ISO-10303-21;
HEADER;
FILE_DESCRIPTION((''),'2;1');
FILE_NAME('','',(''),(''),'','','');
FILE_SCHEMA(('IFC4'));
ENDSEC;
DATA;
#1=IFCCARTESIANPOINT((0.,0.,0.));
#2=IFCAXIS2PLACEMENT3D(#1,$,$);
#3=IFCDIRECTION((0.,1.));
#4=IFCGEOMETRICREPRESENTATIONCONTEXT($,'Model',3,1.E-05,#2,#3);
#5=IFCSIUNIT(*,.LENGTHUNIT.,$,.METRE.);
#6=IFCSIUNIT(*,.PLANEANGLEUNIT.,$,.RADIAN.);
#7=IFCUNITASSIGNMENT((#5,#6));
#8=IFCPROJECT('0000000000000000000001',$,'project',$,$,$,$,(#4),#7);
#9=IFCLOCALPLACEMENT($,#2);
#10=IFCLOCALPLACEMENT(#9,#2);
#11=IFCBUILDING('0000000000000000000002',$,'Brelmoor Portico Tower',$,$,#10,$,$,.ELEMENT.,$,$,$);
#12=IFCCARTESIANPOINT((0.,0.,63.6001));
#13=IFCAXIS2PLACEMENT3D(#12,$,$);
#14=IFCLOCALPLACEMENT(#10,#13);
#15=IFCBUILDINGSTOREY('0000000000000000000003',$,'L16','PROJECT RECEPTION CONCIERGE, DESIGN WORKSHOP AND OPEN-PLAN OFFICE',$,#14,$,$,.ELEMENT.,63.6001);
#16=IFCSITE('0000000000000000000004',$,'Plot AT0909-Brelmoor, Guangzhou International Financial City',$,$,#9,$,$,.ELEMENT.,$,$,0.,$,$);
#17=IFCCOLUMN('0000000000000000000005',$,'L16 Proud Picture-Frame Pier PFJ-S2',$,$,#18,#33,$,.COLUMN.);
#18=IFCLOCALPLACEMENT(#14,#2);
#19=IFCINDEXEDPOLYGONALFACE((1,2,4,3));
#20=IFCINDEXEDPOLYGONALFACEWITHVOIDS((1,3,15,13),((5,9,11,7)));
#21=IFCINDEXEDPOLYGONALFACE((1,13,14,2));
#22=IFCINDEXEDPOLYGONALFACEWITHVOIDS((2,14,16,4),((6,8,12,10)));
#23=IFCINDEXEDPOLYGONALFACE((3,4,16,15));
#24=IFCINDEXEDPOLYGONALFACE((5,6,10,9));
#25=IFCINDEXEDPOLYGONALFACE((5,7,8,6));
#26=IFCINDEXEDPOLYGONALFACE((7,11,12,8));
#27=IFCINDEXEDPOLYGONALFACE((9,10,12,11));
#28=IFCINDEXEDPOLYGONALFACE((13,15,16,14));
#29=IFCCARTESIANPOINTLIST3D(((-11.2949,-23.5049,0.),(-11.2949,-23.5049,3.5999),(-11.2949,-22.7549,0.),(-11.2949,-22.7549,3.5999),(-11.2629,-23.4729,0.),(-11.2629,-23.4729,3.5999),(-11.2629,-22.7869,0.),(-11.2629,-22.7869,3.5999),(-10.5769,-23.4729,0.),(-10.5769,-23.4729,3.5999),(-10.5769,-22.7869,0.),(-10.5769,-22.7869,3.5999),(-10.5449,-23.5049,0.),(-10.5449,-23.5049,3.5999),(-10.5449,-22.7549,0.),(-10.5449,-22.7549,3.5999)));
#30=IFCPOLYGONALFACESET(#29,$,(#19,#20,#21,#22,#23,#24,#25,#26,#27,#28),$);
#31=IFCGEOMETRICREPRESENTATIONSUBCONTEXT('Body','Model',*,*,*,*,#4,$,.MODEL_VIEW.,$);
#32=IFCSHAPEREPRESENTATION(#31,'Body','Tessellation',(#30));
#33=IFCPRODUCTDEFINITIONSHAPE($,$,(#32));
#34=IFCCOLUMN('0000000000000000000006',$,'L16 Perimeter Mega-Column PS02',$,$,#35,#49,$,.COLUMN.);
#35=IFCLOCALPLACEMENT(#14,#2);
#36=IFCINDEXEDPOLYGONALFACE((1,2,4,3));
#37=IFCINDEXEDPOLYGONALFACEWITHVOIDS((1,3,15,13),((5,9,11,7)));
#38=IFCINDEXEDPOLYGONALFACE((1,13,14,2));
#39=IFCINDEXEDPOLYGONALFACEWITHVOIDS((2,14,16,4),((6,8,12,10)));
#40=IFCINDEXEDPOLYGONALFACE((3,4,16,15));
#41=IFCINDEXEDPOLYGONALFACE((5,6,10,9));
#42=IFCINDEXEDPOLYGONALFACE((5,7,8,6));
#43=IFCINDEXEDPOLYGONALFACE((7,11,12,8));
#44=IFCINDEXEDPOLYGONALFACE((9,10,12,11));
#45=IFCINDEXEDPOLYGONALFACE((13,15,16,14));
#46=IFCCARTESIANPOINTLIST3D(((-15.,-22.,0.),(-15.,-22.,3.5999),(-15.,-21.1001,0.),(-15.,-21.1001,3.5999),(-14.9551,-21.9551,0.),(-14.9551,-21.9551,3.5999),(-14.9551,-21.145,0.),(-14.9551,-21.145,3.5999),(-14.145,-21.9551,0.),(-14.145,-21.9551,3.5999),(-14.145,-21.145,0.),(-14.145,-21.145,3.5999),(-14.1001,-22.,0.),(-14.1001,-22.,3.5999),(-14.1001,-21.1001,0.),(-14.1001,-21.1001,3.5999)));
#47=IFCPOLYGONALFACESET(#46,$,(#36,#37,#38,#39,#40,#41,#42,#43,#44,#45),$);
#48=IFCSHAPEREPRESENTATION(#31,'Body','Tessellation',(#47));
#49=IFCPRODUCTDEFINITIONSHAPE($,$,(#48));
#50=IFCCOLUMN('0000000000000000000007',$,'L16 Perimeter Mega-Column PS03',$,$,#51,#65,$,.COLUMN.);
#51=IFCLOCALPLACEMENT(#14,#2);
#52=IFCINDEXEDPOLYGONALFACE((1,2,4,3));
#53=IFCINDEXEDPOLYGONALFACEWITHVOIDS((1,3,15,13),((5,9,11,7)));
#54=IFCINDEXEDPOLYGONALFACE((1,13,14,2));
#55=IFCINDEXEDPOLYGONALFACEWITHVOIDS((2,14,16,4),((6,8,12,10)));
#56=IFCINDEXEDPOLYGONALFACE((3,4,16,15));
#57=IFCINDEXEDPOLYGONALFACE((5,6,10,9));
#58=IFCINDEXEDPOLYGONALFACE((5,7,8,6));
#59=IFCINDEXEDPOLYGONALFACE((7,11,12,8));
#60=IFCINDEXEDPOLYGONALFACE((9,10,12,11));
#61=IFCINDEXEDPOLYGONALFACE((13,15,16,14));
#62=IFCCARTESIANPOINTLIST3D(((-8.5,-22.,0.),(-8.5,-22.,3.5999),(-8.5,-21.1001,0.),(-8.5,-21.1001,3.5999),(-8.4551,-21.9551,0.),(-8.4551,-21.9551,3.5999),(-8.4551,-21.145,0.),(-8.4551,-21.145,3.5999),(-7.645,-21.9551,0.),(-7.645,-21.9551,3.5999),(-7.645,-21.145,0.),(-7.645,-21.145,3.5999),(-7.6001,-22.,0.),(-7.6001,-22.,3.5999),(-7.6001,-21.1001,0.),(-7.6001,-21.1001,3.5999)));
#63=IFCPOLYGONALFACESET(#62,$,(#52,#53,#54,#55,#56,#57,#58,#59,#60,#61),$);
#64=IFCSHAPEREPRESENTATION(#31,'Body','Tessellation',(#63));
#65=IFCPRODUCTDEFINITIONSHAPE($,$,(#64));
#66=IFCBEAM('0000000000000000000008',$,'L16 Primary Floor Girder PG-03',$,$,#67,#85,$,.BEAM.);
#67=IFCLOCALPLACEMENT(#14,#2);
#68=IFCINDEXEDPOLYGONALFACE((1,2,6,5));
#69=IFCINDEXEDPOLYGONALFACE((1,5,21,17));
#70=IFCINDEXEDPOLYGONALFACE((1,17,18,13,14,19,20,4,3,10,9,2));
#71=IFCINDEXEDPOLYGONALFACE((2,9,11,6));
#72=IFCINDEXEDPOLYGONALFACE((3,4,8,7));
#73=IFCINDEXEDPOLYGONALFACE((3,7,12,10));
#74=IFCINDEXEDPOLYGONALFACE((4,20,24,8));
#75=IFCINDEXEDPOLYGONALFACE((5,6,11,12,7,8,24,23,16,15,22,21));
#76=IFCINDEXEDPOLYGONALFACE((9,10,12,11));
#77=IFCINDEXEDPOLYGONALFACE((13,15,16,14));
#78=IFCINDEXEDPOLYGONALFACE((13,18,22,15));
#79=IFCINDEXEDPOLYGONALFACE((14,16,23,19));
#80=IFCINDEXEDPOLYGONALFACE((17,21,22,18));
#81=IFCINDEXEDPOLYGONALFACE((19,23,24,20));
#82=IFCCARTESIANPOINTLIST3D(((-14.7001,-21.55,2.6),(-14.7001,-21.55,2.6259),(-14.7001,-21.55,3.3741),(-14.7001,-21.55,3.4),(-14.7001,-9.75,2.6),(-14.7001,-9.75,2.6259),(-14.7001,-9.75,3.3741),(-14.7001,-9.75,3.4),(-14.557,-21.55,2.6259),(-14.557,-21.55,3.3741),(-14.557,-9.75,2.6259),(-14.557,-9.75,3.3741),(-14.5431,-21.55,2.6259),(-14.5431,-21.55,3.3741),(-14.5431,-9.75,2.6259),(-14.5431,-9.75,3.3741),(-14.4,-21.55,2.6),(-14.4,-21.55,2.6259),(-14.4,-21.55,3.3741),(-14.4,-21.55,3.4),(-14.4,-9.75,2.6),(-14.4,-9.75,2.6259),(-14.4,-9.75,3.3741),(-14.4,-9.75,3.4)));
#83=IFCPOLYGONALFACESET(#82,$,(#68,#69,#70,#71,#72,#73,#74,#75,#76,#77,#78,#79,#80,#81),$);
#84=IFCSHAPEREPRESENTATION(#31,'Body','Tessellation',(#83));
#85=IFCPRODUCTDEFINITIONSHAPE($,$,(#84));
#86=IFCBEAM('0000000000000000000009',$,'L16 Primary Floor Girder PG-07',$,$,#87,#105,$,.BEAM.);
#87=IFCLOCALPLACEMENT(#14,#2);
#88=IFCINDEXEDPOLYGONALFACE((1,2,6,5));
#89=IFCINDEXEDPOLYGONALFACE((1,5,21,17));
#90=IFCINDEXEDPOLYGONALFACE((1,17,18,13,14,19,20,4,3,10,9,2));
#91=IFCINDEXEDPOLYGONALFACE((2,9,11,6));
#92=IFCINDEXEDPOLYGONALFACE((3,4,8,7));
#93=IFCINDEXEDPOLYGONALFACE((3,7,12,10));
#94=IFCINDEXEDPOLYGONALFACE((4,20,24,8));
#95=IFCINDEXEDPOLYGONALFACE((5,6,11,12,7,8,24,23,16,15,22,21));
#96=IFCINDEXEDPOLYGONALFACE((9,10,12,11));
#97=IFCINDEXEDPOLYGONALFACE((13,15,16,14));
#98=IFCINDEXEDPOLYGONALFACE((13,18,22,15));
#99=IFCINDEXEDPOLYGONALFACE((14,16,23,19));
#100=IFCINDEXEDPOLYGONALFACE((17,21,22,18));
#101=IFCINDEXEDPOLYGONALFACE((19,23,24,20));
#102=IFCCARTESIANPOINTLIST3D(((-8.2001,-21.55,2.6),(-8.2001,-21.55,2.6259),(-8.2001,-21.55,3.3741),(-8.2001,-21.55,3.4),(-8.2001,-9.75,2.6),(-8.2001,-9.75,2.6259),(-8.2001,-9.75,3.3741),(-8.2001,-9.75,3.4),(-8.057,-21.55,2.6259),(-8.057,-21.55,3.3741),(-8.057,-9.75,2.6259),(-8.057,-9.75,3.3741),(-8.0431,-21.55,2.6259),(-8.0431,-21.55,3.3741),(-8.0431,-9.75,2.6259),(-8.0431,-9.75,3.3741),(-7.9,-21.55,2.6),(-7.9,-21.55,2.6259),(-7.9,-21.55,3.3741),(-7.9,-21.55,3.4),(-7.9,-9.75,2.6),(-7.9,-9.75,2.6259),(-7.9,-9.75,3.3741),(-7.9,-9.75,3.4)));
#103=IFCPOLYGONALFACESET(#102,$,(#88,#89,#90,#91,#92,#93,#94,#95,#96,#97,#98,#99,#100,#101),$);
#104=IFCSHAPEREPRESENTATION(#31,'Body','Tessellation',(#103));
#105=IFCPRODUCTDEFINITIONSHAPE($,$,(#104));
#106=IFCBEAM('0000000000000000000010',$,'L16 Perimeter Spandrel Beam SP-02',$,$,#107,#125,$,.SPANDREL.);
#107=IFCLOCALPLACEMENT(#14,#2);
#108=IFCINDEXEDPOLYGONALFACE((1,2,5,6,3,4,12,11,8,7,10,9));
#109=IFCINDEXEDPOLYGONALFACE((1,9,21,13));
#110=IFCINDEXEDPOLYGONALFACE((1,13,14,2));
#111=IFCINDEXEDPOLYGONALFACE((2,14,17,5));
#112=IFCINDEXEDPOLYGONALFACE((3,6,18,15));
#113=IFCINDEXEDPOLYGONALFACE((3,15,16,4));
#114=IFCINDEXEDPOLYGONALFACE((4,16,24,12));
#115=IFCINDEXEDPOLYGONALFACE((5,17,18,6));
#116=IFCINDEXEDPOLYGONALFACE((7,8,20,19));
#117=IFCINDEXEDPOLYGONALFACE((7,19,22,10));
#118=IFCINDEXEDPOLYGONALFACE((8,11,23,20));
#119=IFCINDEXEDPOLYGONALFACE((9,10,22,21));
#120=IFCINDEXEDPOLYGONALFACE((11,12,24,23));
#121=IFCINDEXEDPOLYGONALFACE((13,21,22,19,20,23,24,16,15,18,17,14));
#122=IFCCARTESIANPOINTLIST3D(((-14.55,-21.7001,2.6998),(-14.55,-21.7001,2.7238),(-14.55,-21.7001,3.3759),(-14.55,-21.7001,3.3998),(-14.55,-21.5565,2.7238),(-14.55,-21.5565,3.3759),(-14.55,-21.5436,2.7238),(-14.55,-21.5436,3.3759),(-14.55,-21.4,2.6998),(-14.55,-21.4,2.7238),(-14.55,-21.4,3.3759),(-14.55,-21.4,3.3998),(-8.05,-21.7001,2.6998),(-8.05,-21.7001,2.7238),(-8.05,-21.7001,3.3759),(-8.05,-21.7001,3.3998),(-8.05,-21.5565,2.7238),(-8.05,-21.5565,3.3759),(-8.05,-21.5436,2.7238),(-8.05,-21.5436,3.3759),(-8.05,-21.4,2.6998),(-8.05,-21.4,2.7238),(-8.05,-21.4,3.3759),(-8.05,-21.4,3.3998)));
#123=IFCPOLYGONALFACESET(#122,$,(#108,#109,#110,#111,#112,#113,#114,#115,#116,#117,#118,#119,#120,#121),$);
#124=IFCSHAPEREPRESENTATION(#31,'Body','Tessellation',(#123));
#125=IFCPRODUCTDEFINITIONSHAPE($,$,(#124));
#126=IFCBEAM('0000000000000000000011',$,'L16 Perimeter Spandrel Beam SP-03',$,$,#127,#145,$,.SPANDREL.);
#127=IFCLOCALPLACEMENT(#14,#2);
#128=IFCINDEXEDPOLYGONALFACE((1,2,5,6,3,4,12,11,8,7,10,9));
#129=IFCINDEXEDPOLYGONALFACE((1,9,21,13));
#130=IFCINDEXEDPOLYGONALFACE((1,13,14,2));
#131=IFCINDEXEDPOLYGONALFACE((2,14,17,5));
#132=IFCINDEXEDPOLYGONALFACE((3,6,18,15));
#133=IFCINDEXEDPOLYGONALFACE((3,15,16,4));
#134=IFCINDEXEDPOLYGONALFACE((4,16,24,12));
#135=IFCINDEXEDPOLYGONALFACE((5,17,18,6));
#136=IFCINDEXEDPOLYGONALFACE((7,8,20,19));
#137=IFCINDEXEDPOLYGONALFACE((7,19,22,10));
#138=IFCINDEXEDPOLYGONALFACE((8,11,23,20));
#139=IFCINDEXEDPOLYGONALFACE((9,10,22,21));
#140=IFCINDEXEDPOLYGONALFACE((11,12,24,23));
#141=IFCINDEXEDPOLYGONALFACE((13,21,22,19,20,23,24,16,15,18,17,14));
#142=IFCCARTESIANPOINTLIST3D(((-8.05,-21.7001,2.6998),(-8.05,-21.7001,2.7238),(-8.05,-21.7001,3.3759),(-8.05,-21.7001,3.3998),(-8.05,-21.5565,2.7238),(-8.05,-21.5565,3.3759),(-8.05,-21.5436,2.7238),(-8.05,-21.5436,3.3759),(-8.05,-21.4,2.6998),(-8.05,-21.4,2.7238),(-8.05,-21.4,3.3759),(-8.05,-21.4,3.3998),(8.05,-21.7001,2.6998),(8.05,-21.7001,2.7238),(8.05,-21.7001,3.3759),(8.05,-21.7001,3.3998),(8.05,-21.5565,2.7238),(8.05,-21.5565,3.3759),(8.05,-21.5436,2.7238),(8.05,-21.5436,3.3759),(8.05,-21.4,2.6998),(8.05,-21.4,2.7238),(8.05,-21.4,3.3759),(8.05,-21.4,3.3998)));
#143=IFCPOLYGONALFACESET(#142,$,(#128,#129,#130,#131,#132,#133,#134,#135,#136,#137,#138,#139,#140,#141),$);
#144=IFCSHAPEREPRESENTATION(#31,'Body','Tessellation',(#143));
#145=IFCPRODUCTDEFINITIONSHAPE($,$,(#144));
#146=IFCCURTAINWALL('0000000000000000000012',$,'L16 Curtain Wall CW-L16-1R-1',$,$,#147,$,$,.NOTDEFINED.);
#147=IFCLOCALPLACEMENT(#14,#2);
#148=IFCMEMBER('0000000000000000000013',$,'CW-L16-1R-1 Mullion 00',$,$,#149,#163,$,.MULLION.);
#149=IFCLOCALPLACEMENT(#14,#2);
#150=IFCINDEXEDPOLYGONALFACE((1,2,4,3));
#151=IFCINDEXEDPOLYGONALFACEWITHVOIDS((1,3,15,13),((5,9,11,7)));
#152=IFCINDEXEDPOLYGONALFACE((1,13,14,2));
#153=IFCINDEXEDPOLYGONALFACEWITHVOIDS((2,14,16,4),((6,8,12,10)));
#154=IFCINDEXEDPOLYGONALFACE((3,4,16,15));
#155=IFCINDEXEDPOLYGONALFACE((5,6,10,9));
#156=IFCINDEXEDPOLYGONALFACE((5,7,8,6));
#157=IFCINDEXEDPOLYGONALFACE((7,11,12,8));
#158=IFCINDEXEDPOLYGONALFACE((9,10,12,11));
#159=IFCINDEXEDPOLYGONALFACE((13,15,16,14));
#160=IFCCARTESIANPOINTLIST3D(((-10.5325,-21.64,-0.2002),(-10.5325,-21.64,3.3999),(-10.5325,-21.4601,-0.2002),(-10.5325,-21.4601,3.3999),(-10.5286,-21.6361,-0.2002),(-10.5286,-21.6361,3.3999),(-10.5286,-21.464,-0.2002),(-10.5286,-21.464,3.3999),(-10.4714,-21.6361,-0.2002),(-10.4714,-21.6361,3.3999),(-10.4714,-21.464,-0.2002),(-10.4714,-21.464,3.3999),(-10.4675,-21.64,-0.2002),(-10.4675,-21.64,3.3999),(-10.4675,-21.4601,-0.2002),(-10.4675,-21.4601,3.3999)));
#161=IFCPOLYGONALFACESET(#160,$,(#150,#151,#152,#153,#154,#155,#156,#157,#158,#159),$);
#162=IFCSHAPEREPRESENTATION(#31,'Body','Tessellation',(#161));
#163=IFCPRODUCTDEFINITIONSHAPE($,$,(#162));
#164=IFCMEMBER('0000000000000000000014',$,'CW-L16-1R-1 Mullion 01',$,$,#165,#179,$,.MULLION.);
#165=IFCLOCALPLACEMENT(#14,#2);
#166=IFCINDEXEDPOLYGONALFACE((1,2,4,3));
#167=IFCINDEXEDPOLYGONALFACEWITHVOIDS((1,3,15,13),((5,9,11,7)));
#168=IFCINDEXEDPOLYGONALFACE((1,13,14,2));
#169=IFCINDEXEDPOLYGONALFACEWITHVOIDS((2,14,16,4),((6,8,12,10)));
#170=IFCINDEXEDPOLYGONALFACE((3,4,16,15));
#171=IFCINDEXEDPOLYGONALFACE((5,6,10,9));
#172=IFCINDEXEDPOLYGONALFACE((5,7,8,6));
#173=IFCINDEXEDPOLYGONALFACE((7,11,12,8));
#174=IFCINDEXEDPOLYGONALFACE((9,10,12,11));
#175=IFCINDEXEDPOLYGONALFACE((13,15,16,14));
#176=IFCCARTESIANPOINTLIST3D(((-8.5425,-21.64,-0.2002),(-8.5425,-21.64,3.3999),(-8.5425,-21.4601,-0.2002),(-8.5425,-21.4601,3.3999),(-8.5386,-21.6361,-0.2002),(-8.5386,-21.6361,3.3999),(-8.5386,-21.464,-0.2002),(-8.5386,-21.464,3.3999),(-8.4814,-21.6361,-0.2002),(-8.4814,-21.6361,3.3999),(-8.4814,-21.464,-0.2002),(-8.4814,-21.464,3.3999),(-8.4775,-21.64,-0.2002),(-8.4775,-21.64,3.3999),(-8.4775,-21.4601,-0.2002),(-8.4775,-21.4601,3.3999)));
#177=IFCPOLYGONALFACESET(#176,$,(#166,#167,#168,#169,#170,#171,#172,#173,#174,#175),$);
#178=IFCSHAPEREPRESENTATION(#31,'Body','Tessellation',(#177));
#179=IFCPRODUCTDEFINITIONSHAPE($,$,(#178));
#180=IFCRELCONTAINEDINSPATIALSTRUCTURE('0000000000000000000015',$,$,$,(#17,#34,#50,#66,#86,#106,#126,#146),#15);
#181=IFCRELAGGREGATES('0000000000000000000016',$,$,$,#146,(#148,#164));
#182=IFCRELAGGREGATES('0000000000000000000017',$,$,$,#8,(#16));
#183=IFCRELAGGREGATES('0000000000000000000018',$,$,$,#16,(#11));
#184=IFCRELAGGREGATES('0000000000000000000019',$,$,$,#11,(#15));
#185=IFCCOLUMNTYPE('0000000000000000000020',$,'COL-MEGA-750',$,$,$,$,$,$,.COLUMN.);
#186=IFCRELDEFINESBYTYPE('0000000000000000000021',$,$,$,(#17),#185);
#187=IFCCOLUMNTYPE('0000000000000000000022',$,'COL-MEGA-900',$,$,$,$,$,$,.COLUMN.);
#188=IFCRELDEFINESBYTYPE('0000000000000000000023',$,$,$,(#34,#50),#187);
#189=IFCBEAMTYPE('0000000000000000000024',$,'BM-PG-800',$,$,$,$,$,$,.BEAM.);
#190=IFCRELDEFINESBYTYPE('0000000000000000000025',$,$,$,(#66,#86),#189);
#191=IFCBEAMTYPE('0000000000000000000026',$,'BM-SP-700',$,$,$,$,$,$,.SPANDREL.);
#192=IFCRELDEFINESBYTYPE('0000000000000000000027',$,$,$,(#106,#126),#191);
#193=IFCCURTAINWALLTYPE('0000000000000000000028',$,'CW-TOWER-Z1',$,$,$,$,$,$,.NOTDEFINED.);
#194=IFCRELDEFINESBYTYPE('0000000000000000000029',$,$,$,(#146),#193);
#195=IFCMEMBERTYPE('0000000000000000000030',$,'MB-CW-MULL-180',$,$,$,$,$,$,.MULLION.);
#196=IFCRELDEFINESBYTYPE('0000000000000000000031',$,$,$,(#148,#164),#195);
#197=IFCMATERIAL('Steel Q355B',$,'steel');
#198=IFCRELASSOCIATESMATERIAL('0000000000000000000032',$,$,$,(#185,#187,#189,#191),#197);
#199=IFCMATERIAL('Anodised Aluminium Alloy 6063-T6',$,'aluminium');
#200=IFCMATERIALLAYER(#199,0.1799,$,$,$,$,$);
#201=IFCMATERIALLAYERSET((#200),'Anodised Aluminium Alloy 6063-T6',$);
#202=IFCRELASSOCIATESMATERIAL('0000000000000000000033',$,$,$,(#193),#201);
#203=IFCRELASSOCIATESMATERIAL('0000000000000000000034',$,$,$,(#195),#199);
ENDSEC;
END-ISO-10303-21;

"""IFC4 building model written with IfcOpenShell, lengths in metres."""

from ifc_helpers import new_model, si_unit, direction, frame, origin, origin_2d, place, context, subcontext, project, spatial, hollow_rectangle, i_section, extrude, material, layer, layer_set, material_profile, profile_set, type_object, element, aggregate, save


model = new_model("IFC4")

# Units and contexts
model_context = context("Model", 3, precision=1e-05, world=origin(), true_north=direction((0.0, 1.0)))
body_context = subcontext(model_context, "Body", "Model", "MODEL_VIEW")
ifc_project = project(units=[si_unit("LENGTHUNIT", "METRE"), si_unit("PLANEANGLEUNIT", "RADIAN")], contexts=[model_context])

# Site, building, storey
site_placement = place(None, origin())
site = spatial("IfcSite", under=ifc_project, at=site_placement, Name="Plot AT0909-Brelmoor, Guangzhou International Financial City", CompositionType="ELEMENT", RefElevation=0.0)
building_placement = place(site_placement, origin())
building = spatial("IfcBuilding", under=site, at=building_placement, Name="Brelmoor Portico Tower", CompositionType="ELEMENT")
storey_placement = place(building_placement, frame((0.0, 0.0, 63.6001)))
storey = spatial("IfcBuildingStorey", under=building, at=storey_placement, Name="L16", Description="PROJECT RECEPTION CONCIERGE, DESIGN WORKSHOP AND OPEN-PLAN OFFICE", CompositionType="ELEMENT", Elevation=63.6001)

# Columns
ifc_material_1 = material(Name="Steel Q355B", Category="steel")
ifc_material_profile_1 = material_profile(ifc_material_1, hollow_rectangle(XDim=0.75, YDim=0.75, WallThickness=0.032, at=origin_2d()), Name="BOX 750x750x32")
ifc_profile_set_1 = profile_set([ifc_material_profile_1], Name="Steel Q355B")
column_type_1 = type_object("IfcColumnType", Name="COL-MEGA-750", PredefinedType="COLUMN", material=ifc_profile_set_1)
column_placement = place(storey_placement, frame((-10.9199, -23.1299, 0.0), z_axis=(0.0, 0.0, 1.0), x_axis=(1.0, 0.0, 0.0)))
element("IfcColumn", 1, at=column_placement, inside=storey, type_object=column_type_1, Name="L16 Proud Picture-Frame Pier PFJ-S2", PredefinedType="COLUMN", context=body_context, shape_type="SweptSolid", body=[
    extrude(hollow_rectangle(XDim=0.75, YDim=0.75, WallThickness=0.032, at=origin_2d()), origin(), (0.0, 0.0, 1.0), 3.5999),
])
ifc_material_profile_2 = material_profile(ifc_material_1, hollow_rectangle(XDim=0.8999, YDim=0.8999, WallThickness=0.0449, at=origin_2d()), Name="BOX 900x900x45")
ifc_profile_set_2 = profile_set([ifc_material_profile_2], Name="Steel Q355B")
column_type_2 = type_object("IfcColumnType", Name="COL-MEGA-900", PredefinedType="COLUMN", material=ifc_profile_set_2)
for number, where, z_axis, x_axis, name in (
    (2, (-14.55, -21.55, 0.0), (0.0, 0.0, 1.0), (1.0, 0.0, 0.0), "L16 Perimeter Mega-Column PS02"),
    (3, (-8.05, -21.55, 0.0), (0.0, 0.0, 1.0), (1.0, 0.0, 0.0), "L16 Perimeter Mega-Column PS03"),
):
    element("IfcColumn", number, at=place(storey_placement, frame(where, z_axis=z_axis, x_axis=x_axis)), inside=storey, type_object=column_type_2, Name=name, PredefinedType="COLUMN", context=body_context, shape_type="SweptSolid", body=[
        extrude(hollow_rectangle(XDim=0.8999, YDim=0.8999, WallThickness=0.0449, at=origin_2d()), origin(), (0.0, 0.0, 1.0), 3.5999),
    ])

# Beams
ifc_material_profile_3 = material_profile(ifc_material_1, i_section(OverallWidth=0.3, OverallDepth=0.8, WebThickness=0.0139, FlangeThickness=0.0259, at=origin_2d()), Name="HN 800x300x14x26")
ifc_profile_set_3 = profile_set([ifc_material_profile_3], Name="Steel Q355B")
beam_type_1 = type_object("IfcBeamType", Name="BM-PG-800", PredefinedType="BEAM", material=ifc_profile_set_3)
for number, where, z_axis, x_axis, name in (
    (4, (-14.55, -21.55, 3.0), (0.0, 1.0, 0.0), (-1.0, 0.0, 0.0), "L16 Primary Floor Girder PG-03"),
    (5, (-8.05, -21.55, 3.0), (0.0, 1.0, 0.0), (-1.0, 0.0, 0.0), "L16 Primary Floor Girder PG-07"),
):
    element("IfcBeam", number, at=place(storey_placement, frame(where, z_axis=z_axis, x_axis=x_axis)), inside=storey, type_object=beam_type_1, Name=name, PredefinedType="BEAM", context=body_context, shape_type="SweptSolid", body=[
        extrude(i_section(OverallWidth=0.3, OverallDepth=0.8, WebThickness=0.0139, FlangeThickness=0.0259, at=origin_2d()), origin(), (0.0, 0.0, 1.0), 11.8),
    ])
ifc_material_profile_4 = material_profile(ifc_material_1, i_section(OverallWidth=0.3, OverallDepth=0.7, WebThickness=0.0129, FlangeThickness=0.0239, at=origin_2d()), Name="HN 700x300x13x24")
ifc_profile_set_4 = profile_set([ifc_material_profile_4], Name="Steel Q355B")
beam_type_2 = type_object("IfcBeamType", Name="BM-SP-700", PredefinedType="SPANDREL", material=ifc_profile_set_4)
beam_1_placement = place(storey_placement, frame((-14.55, -21.55, 3.0498), z_axis=(1.0, 0.0, 0.0), x_axis=(0.0, 1.0, 0.0)))
element("IfcBeam", 6, at=beam_1_placement, inside=storey, type_object=beam_type_2, Name="L16 Perimeter Spandrel Beam SP-02", PredefinedType="SPANDREL", context=body_context, shape_type="SweptSolid", body=[
    extrude(i_section(OverallWidth=0.3, OverallDepth=0.7, WebThickness=0.0129, FlangeThickness=0.0239, at=origin_2d()), origin(), (0.0, 0.0, 1.0), 6.5),
])
beam_2_placement = place(storey_placement, frame((-8.05, -21.55, 3.0498), z_axis=(1.0, 0.0, 0.0), x_axis=(0.0, 1.0, 0.0)))
element("IfcBeam", 7, at=beam_2_placement, inside=storey, type_object=beam_type_2, Name="L16 Perimeter Spandrel Beam SP-03", PredefinedType="SPANDREL", context=body_context, shape_type="SweptSolid", body=[
    extrude(i_section(OverallWidth=0.3, OverallDepth=0.7, WebThickness=0.0129, FlangeThickness=0.0239, at=origin_2d()), origin(), (0.0, 0.0, 1.0), 16.1001),
])

# Curtain wall, members
ifc_material_2 = material(Name="Anodised Aluminium Alloy 6063-T6", Category="aluminium")
ifc_layer_1 = layer(ifc_material_2, 0.1799)
ifc_layer_set_1 = layer_set([ifc_layer_1], Name="Anodised Aluminium Alloy 6063-T6")
curtain_wall_type_1 = type_object("IfcCurtainWallType", Name="CW-TOWER-Z1", PredefinedType="NOTDEFINED", material=ifc_layer_set_1)
curtain_wall_1_placement = place(storey_placement, origin())
curtain_wall_1 = element("IfcCurtainWall", 8, at=curtain_wall_1_placement, inside=storey, type_object=curtain_wall_type_1, Name="L16 Curtain Wall CW-L16-1R-1", PredefinedType="NOTDEFINED")
ifc_material_profile_5 = material_profile(ifc_material_2, hollow_rectangle(XDim=0.0649, YDim=0.1799, WallThickness=0.0039, at=origin_2d()), Name="ALU MULLION 65x180")
ifc_profile_set_5 = profile_set([ifc_material_profile_5], Name="Anodised Aluminium Alloy 6063-T6")
member_type_1 = type_object("IfcMemberType", Name="MB-CW-MULL-180", PredefinedType="MULLION", material=ifc_profile_set_5)
member_1_placement = place(storey_placement, frame((-10.5, -21.55, -0.2002), z_axis=(0.0, 0.0, 1.0), x_axis=(1.0, 0.0, 0.0)))
member_1 = element("IfcMember", 9, at=member_1_placement, type_object=member_type_1, Name="CW-L16-1R-1 Mullion 00", PredefinedType="MULLION", context=body_context, shape_type="SweptSolid", body=[
    extrude(hollow_rectangle(XDim=0.0649, YDim=0.1799, WallThickness=0.0039, at=origin_2d()), origin(), (0.0, 0.0, 1.0), 3.6001),
])
member_2_placement = place(storey_placement, frame((-8.51, -21.55, -0.2002), z_axis=(0.0, 0.0, 1.0), x_axis=(1.0, 0.0, 0.0)))
member_2 = element("IfcMember", 10, at=member_2_placement, type_object=member_type_1, Name="CW-L16-1R-1 Mullion 01", PredefinedType="MULLION", context=body_context, shape_type="SweptSolid", body=[
    extrude(hollow_rectangle(XDim=0.0649, YDim=0.1799, WallThickness=0.0039, at=origin_2d()), origin(), (0.0, 0.0, 1.0), 3.6001),
])

aggregate(curtain_wall_1, [member_1, member_2])

save(model, "model.ifc")
